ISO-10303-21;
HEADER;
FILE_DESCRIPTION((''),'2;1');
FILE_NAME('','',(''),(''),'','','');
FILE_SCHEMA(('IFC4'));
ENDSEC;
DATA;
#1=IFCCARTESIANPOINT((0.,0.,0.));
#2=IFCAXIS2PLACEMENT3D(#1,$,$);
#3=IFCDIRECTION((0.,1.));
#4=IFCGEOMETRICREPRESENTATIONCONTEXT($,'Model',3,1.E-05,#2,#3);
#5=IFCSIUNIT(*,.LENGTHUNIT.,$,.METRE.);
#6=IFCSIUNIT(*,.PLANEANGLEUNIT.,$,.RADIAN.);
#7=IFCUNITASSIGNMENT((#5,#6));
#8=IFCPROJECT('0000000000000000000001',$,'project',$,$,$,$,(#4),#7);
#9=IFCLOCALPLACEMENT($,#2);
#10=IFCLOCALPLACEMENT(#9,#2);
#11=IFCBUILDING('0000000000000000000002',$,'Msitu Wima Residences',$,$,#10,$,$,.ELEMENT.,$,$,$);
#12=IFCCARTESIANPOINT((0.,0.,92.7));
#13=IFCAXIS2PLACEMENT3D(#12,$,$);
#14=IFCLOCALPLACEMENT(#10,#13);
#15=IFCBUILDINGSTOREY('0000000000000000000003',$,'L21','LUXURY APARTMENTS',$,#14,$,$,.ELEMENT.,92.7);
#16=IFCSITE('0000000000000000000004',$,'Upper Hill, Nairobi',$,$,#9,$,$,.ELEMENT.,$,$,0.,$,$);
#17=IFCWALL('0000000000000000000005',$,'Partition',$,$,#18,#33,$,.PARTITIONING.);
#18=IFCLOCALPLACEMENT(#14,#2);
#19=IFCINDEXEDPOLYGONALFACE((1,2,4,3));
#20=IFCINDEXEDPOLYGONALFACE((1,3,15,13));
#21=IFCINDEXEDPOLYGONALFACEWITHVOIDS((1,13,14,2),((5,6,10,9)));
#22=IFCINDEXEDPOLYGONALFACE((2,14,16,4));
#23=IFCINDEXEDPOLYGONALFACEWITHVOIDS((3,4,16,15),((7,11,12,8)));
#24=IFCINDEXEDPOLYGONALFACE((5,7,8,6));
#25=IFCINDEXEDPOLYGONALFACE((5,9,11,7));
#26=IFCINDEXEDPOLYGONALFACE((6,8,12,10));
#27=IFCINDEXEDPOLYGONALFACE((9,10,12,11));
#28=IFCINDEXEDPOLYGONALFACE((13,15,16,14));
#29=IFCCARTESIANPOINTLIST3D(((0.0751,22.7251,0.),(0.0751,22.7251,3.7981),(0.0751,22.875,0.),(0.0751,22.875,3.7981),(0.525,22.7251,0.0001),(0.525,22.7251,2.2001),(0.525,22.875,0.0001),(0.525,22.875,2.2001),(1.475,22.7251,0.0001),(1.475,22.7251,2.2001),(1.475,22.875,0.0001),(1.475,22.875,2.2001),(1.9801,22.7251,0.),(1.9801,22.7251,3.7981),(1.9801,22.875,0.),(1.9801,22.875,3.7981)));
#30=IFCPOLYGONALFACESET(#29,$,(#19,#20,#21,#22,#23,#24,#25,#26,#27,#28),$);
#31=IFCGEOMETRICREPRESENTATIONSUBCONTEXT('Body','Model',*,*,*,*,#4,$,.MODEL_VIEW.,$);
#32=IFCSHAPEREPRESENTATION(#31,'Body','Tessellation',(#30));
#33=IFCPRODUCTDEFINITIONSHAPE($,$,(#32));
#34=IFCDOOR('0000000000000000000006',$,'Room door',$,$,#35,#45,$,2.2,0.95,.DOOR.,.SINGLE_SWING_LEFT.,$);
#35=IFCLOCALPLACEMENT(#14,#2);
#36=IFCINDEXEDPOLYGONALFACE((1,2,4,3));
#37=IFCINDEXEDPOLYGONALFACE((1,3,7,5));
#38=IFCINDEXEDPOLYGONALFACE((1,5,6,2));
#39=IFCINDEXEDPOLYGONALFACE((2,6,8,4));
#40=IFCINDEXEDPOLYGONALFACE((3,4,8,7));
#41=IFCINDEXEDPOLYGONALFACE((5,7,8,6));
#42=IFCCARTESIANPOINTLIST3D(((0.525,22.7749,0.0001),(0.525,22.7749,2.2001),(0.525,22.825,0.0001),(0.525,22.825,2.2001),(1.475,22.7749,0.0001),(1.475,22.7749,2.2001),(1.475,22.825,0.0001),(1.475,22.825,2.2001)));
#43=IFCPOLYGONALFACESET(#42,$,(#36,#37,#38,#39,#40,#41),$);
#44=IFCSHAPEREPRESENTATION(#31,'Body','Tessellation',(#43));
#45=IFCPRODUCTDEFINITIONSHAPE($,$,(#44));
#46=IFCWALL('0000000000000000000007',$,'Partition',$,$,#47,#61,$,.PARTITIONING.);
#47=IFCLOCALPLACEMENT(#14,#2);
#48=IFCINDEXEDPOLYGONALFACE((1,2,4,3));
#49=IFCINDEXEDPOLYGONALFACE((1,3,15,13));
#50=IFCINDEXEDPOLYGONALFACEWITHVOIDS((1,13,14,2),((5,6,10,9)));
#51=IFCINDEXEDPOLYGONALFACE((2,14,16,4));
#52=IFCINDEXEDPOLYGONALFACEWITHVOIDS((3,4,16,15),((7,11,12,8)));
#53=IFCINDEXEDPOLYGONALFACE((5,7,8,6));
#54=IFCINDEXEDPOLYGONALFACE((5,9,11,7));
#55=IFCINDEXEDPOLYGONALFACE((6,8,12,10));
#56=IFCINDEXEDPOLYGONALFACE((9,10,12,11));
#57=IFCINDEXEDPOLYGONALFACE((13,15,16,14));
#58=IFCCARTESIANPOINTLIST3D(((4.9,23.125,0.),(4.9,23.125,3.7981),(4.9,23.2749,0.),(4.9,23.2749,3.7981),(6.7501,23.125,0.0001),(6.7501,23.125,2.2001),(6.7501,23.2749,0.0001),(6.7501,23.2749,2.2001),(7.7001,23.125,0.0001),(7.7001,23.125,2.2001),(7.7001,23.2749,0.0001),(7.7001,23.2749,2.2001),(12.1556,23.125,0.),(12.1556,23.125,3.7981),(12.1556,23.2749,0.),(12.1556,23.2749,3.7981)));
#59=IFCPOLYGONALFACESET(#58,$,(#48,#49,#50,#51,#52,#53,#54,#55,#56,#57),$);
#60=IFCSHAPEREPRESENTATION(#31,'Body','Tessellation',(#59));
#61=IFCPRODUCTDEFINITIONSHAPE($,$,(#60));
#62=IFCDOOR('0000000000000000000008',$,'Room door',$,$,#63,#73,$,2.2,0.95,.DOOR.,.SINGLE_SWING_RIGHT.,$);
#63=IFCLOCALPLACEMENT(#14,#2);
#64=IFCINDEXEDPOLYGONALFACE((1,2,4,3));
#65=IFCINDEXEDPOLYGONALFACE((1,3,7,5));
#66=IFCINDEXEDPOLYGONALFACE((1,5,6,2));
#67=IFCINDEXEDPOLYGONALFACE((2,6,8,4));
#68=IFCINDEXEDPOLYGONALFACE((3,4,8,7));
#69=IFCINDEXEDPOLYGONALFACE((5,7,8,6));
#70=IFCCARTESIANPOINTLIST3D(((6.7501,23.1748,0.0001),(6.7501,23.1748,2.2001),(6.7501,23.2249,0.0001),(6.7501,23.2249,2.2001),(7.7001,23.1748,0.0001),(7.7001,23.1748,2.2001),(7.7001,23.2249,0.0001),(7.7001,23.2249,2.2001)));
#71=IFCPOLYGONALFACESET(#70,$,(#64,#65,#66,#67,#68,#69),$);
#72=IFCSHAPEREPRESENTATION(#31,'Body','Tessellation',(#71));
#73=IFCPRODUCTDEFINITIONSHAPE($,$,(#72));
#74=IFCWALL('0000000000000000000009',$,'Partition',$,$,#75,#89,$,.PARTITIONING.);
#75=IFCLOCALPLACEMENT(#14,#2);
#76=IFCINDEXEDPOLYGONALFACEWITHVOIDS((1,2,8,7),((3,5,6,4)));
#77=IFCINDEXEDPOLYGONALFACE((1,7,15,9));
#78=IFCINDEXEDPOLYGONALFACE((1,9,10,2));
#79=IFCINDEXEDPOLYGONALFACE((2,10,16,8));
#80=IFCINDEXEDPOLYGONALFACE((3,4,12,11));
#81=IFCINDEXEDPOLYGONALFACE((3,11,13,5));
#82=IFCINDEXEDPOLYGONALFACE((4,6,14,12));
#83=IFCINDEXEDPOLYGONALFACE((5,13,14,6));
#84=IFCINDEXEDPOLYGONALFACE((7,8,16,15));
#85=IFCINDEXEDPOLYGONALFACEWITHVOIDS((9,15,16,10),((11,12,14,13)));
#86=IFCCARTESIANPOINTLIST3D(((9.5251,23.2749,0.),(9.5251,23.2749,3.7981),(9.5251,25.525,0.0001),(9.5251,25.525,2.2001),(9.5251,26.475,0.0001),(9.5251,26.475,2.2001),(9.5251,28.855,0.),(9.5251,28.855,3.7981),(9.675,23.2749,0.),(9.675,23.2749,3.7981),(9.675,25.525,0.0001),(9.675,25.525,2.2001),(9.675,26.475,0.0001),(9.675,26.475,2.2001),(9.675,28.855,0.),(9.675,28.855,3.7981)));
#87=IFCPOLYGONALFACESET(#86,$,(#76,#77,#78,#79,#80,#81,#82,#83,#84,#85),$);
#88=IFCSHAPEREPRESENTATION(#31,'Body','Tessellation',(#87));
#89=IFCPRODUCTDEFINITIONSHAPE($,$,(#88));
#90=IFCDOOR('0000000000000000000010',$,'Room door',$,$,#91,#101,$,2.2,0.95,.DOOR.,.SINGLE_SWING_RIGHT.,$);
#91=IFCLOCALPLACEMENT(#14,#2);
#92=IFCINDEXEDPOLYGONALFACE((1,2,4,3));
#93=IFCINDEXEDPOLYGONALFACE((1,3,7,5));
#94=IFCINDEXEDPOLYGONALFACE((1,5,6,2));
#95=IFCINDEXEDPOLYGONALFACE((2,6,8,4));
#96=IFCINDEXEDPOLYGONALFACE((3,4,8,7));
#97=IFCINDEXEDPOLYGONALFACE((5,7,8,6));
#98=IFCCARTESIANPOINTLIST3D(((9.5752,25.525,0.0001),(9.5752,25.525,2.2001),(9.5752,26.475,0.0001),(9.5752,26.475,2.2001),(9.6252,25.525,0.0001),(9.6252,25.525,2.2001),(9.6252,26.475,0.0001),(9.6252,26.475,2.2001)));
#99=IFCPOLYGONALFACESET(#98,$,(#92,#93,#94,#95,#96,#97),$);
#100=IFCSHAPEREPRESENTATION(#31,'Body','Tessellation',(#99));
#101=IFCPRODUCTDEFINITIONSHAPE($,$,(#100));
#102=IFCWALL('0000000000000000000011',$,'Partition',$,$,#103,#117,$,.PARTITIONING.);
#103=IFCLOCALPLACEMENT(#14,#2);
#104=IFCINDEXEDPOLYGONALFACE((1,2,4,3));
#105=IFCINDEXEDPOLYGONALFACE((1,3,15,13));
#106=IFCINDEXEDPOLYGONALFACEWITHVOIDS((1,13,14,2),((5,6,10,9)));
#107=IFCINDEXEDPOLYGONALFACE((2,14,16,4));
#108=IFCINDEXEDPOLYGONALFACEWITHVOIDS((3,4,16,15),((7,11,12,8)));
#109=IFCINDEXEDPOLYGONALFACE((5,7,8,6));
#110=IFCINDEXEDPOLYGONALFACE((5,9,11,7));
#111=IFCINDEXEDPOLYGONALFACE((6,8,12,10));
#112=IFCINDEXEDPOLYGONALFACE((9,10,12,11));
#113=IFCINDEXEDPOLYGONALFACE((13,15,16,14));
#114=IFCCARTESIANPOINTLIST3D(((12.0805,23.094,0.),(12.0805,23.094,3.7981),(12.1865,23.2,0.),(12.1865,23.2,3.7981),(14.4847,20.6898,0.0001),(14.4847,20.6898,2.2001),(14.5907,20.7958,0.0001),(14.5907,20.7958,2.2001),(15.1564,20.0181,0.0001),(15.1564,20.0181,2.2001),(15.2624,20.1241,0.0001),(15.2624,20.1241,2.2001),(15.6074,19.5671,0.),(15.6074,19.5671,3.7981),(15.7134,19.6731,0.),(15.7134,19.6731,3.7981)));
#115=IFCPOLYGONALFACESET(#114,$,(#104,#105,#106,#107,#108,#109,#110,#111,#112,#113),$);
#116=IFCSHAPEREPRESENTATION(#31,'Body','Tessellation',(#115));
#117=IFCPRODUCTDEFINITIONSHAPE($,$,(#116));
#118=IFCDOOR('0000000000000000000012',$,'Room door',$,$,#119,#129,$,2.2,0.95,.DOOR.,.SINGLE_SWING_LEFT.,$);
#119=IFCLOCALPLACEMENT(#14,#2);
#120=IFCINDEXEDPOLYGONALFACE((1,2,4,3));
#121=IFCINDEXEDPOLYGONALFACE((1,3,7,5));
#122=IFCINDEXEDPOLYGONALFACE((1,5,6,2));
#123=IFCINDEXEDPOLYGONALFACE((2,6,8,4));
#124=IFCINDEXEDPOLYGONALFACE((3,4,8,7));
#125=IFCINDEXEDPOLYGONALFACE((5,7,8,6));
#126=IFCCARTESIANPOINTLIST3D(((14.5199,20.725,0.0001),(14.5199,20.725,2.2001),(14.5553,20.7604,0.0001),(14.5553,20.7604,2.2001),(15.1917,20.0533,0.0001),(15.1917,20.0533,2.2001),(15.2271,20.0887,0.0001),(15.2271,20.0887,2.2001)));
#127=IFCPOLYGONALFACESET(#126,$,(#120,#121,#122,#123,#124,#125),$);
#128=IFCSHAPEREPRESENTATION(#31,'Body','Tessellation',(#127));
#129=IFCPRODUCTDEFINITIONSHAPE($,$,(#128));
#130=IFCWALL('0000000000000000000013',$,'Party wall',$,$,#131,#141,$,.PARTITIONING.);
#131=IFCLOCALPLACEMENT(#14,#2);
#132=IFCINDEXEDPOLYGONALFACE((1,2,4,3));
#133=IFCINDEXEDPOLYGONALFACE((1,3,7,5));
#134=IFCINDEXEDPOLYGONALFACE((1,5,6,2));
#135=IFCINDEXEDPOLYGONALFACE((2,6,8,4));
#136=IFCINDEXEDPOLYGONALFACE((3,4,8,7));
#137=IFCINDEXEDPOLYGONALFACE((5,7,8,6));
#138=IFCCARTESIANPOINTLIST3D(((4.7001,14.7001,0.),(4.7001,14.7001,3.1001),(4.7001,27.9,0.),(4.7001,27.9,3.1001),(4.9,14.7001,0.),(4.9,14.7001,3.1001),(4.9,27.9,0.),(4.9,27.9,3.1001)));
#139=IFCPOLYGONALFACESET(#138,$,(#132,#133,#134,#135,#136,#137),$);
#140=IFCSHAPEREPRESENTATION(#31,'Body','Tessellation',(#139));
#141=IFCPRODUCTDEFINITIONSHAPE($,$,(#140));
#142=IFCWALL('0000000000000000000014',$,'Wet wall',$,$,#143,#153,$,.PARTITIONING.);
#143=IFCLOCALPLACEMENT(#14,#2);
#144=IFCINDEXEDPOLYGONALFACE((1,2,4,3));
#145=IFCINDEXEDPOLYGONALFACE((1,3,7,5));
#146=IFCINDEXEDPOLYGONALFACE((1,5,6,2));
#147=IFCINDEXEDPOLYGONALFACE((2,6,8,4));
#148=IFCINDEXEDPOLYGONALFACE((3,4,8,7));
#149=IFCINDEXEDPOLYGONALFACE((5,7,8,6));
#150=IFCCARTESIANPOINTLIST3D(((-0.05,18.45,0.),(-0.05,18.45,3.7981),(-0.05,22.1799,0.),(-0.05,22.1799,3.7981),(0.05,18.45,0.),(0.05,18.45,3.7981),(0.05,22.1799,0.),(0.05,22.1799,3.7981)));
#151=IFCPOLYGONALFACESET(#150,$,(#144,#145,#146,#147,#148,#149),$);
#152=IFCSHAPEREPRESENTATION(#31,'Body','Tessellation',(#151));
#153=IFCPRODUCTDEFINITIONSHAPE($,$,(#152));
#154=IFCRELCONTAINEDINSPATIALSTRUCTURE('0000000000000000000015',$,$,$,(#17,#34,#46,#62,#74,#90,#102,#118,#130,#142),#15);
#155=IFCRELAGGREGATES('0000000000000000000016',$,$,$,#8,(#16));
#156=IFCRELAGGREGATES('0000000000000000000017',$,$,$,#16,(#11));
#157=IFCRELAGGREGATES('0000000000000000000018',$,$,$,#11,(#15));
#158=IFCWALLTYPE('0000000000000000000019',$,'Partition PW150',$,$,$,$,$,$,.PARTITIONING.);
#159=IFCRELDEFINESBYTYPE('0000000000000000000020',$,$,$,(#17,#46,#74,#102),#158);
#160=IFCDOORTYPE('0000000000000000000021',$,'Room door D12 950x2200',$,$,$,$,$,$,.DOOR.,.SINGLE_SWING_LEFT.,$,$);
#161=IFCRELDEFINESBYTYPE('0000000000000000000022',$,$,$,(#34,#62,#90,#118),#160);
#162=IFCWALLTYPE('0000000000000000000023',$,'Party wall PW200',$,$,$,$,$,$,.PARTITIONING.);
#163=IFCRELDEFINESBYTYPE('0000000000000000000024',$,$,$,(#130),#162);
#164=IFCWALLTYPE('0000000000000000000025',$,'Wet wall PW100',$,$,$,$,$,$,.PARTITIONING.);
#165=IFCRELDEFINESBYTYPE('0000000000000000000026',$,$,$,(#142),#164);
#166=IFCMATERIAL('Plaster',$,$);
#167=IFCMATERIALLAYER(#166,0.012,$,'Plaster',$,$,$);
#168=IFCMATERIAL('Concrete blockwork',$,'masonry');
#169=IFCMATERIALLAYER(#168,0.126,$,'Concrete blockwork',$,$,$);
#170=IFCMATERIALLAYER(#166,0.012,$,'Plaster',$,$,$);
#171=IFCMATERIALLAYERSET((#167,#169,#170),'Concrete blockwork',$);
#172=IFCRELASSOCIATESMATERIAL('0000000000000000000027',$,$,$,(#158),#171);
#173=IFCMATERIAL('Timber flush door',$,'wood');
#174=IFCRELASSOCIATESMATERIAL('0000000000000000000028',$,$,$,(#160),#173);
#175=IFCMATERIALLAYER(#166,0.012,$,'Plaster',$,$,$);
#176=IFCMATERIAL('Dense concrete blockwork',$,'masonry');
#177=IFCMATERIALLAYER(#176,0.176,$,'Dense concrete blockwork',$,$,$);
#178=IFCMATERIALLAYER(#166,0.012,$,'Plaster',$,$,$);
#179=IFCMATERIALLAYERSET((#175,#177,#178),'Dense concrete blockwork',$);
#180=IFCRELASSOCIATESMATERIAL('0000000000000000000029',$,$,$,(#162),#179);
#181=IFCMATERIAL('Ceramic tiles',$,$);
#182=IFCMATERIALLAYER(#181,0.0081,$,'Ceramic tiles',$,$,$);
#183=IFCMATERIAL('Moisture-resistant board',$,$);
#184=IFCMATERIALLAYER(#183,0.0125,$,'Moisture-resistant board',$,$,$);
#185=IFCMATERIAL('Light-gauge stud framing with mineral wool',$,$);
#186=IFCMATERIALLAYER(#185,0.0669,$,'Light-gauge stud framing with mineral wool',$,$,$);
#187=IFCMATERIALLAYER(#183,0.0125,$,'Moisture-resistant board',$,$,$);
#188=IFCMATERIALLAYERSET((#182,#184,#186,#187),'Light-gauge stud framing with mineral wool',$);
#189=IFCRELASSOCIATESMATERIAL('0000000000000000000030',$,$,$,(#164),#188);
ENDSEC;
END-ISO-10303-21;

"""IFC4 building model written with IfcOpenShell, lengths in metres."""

from ifc_helpers import new_model, si_unit, direction, frame, frame_2d, origin, place, context, subcontext, project, spatial, rectangle, extrude, material, layer, layer_set, type_object, element, fill, save


model = new_model("IFC4")

# Units and contexts
model_context = context("Model", 3, precision=1e-05, world=origin(), true_north=direction((0.0, 1.0)))
body_context = subcontext(model_context, "Body", "Model", "MODEL_VIEW")
ifc_project = project(units=[si_unit("LENGTHUNIT", "METRE"), si_unit("PLANEANGLEUNIT", "RADIAN")], contexts=[model_context])

# Site, building, storey
site_placement = place(None, origin())
site = spatial("IfcSite", under=ifc_project, at=site_placement, Name="Upper Hill, Nairobi", CompositionType="ELEMENT", RefElevation=0.0)
building_placement = place(site_placement, origin())
building = spatial("IfcBuilding", under=site, at=building_placement, Name="Msitu Wima Residences", CompositionType="ELEMENT")
storey_placement = place(building_placement, frame((0.0, 0.0, 92.7)))
storey = spatial("IfcBuildingStorey", under=building, at=storey_placement, Name="L21", Description="LUXURY APARTMENTS", CompositionType="ELEMENT", Elevation=92.7)

# Shared definitions
ifc_material_1 = material(Name="Plaster")
ifc_layer_1 = layer(ifc_material_1, 0.012, Name="Plaster")
ifc_material_2 = material(Name="Concrete blockwork", Category="masonry")
ifc_layer_2 = layer(ifc_material_2, 0.126, Name="Concrete blockwork")
ifc_layer_3 = layer(ifc_material_1, 0.012, Name="Plaster")
ifc_layer_set_1 = layer_set([ifc_layer_1, ifc_layer_2, ifc_layer_3], Name="Concrete blockwork")
wall_type_1 = type_object("IfcWallType", Name="Partition PW150", PredefinedType="PARTITIONING", material=ifc_layer_set_1)

# Walls, openings, doors
wall_1_placement = place(storey_placement, frame((0.075, 22.8, 0.0), z_axis=(0.0, 0.0, 1.0), x_axis=(1.0, 0.0, 0.0)))
wall_1 = element("IfcWall", 1, at=wall_1_placement, inside=storey, type_object=wall_type_1, Name="Partition", PredefinedType="PARTITIONING", context=body_context, shape_type="SweptSolid", body=[
    extrude(rectangle(XDim=1.905, YDim=0.1499, at=frame_2d((0.9526, 0.0))), origin(), (0.0, 0.0, 1.0), 3.7981),
])
opening_1_placement = place(wall_1_placement, frame((0.45, 0.0, 0.0)))
opening_1 = element("IfcOpeningElement", 2, at=opening_1_placement, cuts=wall_1, PredefinedType="OPENING", context=body_context, shape_type="SweptSolid", body=[
    extrude(rectangle(XDim=0.95, YDim=2.2, at=frame_2d((0.4751, 1.1001))), frame((0.0, 0.085, 0.0), z_axis=(0.0, -1.0, 0.0), x_axis=(1.0, 0.0, 0.0)), (0.0, 0.0, 1.0), 0.1699),
])
ifc_material_3 = material(Name="Timber flush door", Category="wood")
door_type_1 = type_object("IfcDoorType", Name="Room door D12 950x2200", OperationType="SINGLE_SWING_LEFT", PredefinedType="DOOR", material=ifc_material_3)
door_1_placement = place(opening_1_placement, origin())
door_1 = element("IfcDoor", 3, at=door_1_placement, inside=storey, type_object=door_type_1, Name="Room door", OperationType="SINGLE_SWING_LEFT", OverallHeight=2.2, OverallWidth=0.95, PredefinedType="DOOR", context=body_context, shape_type="SweptSolid", body=[
    extrude(rectangle(XDim=0.95, YDim=2.2, at=frame_2d((0.4751, 1.1001))), frame((0.0, 0.0249, 0.0), z_axis=(0.0, -1.0, 0.0), x_axis=(1.0, 0.0, 0.0)), (0.0, 0.0, 1.0), 0.05),
])
fill(opening_1, door_1)
wall_2_placement = place(storey_placement, frame((4.8999, 23.2, 0.0), z_axis=(0.0, 0.0, 1.0), x_axis=(1.0, 0.0, 0.0)))
wall_2 = element("IfcWall", 4, at=wall_2_placement, inside=storey, type_object=wall_type_1, Name="Partition", PredefinedType="PARTITIONING", context=body_context, shape_type="SweptSolid", body=[
    extrude(rectangle(XDim=7.2556, YDim=0.1499, at=frame_2d((3.6279, 0.0))), origin(), (0.0, 0.0, 1.0), 3.7981),
])
opening_2_placement = place(wall_2_placement, frame((1.8501, 0.0, 0.0)))
opening_2 = element("IfcOpeningElement", 5, at=opening_2_placement, cuts=wall_2, PredefinedType="OPENING", context=body_context, shape_type="SweptSolid", body=[
    extrude(rectangle(XDim=0.95, YDim=2.2, at=frame_2d((0.4751, 1.1001))), frame((0.0, 0.085, 0.0), z_axis=(0.0, -1.0, 0.0), x_axis=(1.0, 0.0, 0.0)), (0.0, 0.0, 1.0), 0.1699),
])
door_2_placement = place(opening_2_placement, origin())
door_2 = element("IfcDoor", 6, at=door_2_placement, inside=storey, type_object=door_type_1, Name="Room door", OperationType="SINGLE_SWING_RIGHT", OverallHeight=2.2, OverallWidth=0.95, PredefinedType="DOOR", context=body_context, shape_type="SweptSolid", body=[
    extrude(rectangle(XDim=0.95, YDim=2.2, at=frame_2d((0.4751, 1.1001))), frame((0.0, 0.0249, 0.0), z_axis=(0.0, -1.0, 0.0), x_axis=(1.0, 0.0, 0.0)), (0.0, 0.0, 1.0), 0.05),
])
fill(opening_2, door_2)
wall_3_placement = place(storey_placement, frame((9.6001, 23.2749, 0.0), z_axis=(0.0, 0.0, 1.0), x_axis=(0.0, 1.0, 0.0)))
wall_3 = element("IfcWall", 7, at=wall_3_placement, inside=storey, type_object=wall_type_1, Name="Partition", PredefinedType="PARTITIONING", context=body_context, shape_type="SweptSolid", body=[
    extrude(rectangle(XDim=5.5801, YDim=0.1499, at=frame_2d((2.79, 0.0))), origin(), (0.0, 0.0, 1.0), 3.7981),
])
opening_3_placement = place(wall_3_placement, frame((2.25, 0.0, 0.0)))
opening_3 = element("IfcOpeningElement", 8, at=opening_3_placement, cuts=wall_3, PredefinedType="OPENING", context=body_context, shape_type="SweptSolid", body=[
    extrude(rectangle(XDim=0.95, YDim=2.2, at=frame_2d((0.4751, 1.1001))), frame((0.0, 0.085, 0.0), z_axis=(0.0, -1.0, 0.0), x_axis=(1.0, 0.0, 0.0)), (0.0, 0.0, 1.0), 0.1699),
])
door_3_placement = place(opening_3_placement, origin())
door_3 = element("IfcDoor", 9, at=door_3_placement, inside=storey, type_object=door_type_1, Name="Room door", OperationType="SINGLE_SWING_RIGHT", OverallHeight=2.2, OverallWidth=0.95, PredefinedType="DOOR", context=body_context, shape_type="SweptSolid", body=[
    extrude(rectangle(XDim=0.95, YDim=2.2, at=frame_2d((0.4751, 1.1001))), frame((0.0, 0.0249, 0.0), z_axis=(0.0, -1.0, 0.0), x_axis=(1.0, 0.0, 0.0)), (0.0, 0.0, 1.0), 0.05),
])
fill(opening_3, door_3)
wall_4_placement = place(storey_placement, frame((12.1335, 23.147, 0.0), z_axis=(0.0, 0.0, 1.0), x_axis=(0.707107, -0.707107, 0.0)))
wall_4 = element("IfcWall", 10, at=wall_4_placement, inside=storey, type_object=wall_type_1, Name="Partition", PredefinedType="PARTITIONING", context=body_context, shape_type="SweptSolid", body=[
    extrude(rectangle(XDim=4.9878, YDim=0.1499, at=frame_2d((2.4939, 0.0))), origin(), (0.0, 0.0, 1.0), 3.7981),
])
opening_4_placement = place(wall_4_placement, frame((3.3999, 0.0, 0.0)))
opening_4 = element("IfcOpeningElement", 11, at=opening_4_placement, cuts=wall_4, PredefinedType="OPENING", context=body_context, shape_type="SweptSolid", body=[
    extrude(rectangle(XDim=0.95, YDim=2.2, at=frame_2d((0.4751, 1.1001))), frame((0.0, 0.085, 0.0), z_axis=(0.0, -1.0, 0.0), x_axis=(1.0, 0.0, 0.0)), (0.0, 0.0, 1.0), 0.1699),
])
door_4_placement = place(opening_4_placement, origin())
door_4 = element("IfcDoor", 12, at=door_4_placement, inside=storey, type_object=door_type_1, Name="Room door", OperationType="SINGLE_SWING_LEFT", OverallHeight=2.2, OverallWidth=0.95, PredefinedType="DOOR", context=body_context, shape_type="SweptSolid", body=[
    extrude(rectangle(XDim=0.95, YDim=2.2, at=frame_2d((0.4751, 1.1001))), frame((0.0, 0.0249, 0.0), z_axis=(0.0, -1.0, 0.0), x_axis=(1.0, 0.0, 0.0)), (0.0, 0.0, 1.0), 0.05),
])
fill(opening_4, door_4)

# Walls
ifc_layer_4 = layer(ifc_material_1, 0.012, Name="Plaster")
ifc_material_4 = material(Name="Dense concrete blockwork", Category="masonry")
ifc_layer_5 = layer(ifc_material_4, 0.176, Name="Dense concrete blockwork")
ifc_layer_6 = layer(ifc_material_1, 0.012, Name="Plaster")
ifc_layer_set_2 = layer_set([ifc_layer_4, ifc_layer_5, ifc_layer_6], Name="Dense concrete blockwork")
wall_type_2 = type_object("IfcWallType", Name="Party wall PW200", PredefinedType="PARTITIONING", material=ifc_layer_set_2)
wall_5_placement = place(storey_placement, frame((4.8, 14.7, 0.0), z_axis=(0.0, 0.0, 1.0), x_axis=(0.0, 1.0, 0.0)))
element("IfcWall", 13, at=wall_5_placement, inside=storey, type_object=wall_type_2, Name="Party wall", PredefinedType="PARTITIONING", context=body_context, shape_type="SweptSolid", body=[
    extrude(rectangle(XDim=13.2, YDim=0.2, at=frame_2d((6.6001, 0.0))), origin(), (0.0, 0.0, 1.0), 3.1001),
])
ifc_material_5 = material(Name="Ceramic tiles")
ifc_layer_7 = layer(ifc_material_5, 0.0081, Name="Ceramic tiles")
ifc_material_6 = material(Name="Moisture-resistant board")
ifc_layer_8 = layer(ifc_material_6, 0.0125, Name="Moisture-resistant board")
ifc_material_7 = material(Name="Light-gauge stud framing with mineral wool")
ifc_layer_9 = layer(ifc_material_7, 0.0669, Name="Light-gauge stud framing with mineral wool")
ifc_layer_10 = layer(ifc_material_6, 0.0125, Name="Moisture-resistant board")
ifc_layer_set_3 = layer_set([ifc_layer_7, ifc_layer_8, ifc_layer_9, ifc_layer_10], Name="Light-gauge stud framing with mineral wool")
wall_type_3 = type_object("IfcWallType", Name="Wet wall PW100", PredefinedType="PARTITIONING", material=ifc_layer_set_3)
wall_6_placement = place(storey_placement, frame((0.0, 18.45, 0.0), z_axis=(0.0, 0.0, 1.0), x_axis=(0.0, 1.0, 0.0)))
element("IfcWall", 14, at=wall_6_placement, inside=storey, type_object=wall_type_3, Name="Wet wall", PredefinedType="PARTITIONING", context=body_context, shape_type="SweptSolid", body=[
    extrude(rectangle(XDim=3.73, YDim=0.1001, at=frame_2d((1.865, 0.0))), origin(), (0.0, 0.0, 1.0), 3.7981),
])

save(model, "model.ifc")
